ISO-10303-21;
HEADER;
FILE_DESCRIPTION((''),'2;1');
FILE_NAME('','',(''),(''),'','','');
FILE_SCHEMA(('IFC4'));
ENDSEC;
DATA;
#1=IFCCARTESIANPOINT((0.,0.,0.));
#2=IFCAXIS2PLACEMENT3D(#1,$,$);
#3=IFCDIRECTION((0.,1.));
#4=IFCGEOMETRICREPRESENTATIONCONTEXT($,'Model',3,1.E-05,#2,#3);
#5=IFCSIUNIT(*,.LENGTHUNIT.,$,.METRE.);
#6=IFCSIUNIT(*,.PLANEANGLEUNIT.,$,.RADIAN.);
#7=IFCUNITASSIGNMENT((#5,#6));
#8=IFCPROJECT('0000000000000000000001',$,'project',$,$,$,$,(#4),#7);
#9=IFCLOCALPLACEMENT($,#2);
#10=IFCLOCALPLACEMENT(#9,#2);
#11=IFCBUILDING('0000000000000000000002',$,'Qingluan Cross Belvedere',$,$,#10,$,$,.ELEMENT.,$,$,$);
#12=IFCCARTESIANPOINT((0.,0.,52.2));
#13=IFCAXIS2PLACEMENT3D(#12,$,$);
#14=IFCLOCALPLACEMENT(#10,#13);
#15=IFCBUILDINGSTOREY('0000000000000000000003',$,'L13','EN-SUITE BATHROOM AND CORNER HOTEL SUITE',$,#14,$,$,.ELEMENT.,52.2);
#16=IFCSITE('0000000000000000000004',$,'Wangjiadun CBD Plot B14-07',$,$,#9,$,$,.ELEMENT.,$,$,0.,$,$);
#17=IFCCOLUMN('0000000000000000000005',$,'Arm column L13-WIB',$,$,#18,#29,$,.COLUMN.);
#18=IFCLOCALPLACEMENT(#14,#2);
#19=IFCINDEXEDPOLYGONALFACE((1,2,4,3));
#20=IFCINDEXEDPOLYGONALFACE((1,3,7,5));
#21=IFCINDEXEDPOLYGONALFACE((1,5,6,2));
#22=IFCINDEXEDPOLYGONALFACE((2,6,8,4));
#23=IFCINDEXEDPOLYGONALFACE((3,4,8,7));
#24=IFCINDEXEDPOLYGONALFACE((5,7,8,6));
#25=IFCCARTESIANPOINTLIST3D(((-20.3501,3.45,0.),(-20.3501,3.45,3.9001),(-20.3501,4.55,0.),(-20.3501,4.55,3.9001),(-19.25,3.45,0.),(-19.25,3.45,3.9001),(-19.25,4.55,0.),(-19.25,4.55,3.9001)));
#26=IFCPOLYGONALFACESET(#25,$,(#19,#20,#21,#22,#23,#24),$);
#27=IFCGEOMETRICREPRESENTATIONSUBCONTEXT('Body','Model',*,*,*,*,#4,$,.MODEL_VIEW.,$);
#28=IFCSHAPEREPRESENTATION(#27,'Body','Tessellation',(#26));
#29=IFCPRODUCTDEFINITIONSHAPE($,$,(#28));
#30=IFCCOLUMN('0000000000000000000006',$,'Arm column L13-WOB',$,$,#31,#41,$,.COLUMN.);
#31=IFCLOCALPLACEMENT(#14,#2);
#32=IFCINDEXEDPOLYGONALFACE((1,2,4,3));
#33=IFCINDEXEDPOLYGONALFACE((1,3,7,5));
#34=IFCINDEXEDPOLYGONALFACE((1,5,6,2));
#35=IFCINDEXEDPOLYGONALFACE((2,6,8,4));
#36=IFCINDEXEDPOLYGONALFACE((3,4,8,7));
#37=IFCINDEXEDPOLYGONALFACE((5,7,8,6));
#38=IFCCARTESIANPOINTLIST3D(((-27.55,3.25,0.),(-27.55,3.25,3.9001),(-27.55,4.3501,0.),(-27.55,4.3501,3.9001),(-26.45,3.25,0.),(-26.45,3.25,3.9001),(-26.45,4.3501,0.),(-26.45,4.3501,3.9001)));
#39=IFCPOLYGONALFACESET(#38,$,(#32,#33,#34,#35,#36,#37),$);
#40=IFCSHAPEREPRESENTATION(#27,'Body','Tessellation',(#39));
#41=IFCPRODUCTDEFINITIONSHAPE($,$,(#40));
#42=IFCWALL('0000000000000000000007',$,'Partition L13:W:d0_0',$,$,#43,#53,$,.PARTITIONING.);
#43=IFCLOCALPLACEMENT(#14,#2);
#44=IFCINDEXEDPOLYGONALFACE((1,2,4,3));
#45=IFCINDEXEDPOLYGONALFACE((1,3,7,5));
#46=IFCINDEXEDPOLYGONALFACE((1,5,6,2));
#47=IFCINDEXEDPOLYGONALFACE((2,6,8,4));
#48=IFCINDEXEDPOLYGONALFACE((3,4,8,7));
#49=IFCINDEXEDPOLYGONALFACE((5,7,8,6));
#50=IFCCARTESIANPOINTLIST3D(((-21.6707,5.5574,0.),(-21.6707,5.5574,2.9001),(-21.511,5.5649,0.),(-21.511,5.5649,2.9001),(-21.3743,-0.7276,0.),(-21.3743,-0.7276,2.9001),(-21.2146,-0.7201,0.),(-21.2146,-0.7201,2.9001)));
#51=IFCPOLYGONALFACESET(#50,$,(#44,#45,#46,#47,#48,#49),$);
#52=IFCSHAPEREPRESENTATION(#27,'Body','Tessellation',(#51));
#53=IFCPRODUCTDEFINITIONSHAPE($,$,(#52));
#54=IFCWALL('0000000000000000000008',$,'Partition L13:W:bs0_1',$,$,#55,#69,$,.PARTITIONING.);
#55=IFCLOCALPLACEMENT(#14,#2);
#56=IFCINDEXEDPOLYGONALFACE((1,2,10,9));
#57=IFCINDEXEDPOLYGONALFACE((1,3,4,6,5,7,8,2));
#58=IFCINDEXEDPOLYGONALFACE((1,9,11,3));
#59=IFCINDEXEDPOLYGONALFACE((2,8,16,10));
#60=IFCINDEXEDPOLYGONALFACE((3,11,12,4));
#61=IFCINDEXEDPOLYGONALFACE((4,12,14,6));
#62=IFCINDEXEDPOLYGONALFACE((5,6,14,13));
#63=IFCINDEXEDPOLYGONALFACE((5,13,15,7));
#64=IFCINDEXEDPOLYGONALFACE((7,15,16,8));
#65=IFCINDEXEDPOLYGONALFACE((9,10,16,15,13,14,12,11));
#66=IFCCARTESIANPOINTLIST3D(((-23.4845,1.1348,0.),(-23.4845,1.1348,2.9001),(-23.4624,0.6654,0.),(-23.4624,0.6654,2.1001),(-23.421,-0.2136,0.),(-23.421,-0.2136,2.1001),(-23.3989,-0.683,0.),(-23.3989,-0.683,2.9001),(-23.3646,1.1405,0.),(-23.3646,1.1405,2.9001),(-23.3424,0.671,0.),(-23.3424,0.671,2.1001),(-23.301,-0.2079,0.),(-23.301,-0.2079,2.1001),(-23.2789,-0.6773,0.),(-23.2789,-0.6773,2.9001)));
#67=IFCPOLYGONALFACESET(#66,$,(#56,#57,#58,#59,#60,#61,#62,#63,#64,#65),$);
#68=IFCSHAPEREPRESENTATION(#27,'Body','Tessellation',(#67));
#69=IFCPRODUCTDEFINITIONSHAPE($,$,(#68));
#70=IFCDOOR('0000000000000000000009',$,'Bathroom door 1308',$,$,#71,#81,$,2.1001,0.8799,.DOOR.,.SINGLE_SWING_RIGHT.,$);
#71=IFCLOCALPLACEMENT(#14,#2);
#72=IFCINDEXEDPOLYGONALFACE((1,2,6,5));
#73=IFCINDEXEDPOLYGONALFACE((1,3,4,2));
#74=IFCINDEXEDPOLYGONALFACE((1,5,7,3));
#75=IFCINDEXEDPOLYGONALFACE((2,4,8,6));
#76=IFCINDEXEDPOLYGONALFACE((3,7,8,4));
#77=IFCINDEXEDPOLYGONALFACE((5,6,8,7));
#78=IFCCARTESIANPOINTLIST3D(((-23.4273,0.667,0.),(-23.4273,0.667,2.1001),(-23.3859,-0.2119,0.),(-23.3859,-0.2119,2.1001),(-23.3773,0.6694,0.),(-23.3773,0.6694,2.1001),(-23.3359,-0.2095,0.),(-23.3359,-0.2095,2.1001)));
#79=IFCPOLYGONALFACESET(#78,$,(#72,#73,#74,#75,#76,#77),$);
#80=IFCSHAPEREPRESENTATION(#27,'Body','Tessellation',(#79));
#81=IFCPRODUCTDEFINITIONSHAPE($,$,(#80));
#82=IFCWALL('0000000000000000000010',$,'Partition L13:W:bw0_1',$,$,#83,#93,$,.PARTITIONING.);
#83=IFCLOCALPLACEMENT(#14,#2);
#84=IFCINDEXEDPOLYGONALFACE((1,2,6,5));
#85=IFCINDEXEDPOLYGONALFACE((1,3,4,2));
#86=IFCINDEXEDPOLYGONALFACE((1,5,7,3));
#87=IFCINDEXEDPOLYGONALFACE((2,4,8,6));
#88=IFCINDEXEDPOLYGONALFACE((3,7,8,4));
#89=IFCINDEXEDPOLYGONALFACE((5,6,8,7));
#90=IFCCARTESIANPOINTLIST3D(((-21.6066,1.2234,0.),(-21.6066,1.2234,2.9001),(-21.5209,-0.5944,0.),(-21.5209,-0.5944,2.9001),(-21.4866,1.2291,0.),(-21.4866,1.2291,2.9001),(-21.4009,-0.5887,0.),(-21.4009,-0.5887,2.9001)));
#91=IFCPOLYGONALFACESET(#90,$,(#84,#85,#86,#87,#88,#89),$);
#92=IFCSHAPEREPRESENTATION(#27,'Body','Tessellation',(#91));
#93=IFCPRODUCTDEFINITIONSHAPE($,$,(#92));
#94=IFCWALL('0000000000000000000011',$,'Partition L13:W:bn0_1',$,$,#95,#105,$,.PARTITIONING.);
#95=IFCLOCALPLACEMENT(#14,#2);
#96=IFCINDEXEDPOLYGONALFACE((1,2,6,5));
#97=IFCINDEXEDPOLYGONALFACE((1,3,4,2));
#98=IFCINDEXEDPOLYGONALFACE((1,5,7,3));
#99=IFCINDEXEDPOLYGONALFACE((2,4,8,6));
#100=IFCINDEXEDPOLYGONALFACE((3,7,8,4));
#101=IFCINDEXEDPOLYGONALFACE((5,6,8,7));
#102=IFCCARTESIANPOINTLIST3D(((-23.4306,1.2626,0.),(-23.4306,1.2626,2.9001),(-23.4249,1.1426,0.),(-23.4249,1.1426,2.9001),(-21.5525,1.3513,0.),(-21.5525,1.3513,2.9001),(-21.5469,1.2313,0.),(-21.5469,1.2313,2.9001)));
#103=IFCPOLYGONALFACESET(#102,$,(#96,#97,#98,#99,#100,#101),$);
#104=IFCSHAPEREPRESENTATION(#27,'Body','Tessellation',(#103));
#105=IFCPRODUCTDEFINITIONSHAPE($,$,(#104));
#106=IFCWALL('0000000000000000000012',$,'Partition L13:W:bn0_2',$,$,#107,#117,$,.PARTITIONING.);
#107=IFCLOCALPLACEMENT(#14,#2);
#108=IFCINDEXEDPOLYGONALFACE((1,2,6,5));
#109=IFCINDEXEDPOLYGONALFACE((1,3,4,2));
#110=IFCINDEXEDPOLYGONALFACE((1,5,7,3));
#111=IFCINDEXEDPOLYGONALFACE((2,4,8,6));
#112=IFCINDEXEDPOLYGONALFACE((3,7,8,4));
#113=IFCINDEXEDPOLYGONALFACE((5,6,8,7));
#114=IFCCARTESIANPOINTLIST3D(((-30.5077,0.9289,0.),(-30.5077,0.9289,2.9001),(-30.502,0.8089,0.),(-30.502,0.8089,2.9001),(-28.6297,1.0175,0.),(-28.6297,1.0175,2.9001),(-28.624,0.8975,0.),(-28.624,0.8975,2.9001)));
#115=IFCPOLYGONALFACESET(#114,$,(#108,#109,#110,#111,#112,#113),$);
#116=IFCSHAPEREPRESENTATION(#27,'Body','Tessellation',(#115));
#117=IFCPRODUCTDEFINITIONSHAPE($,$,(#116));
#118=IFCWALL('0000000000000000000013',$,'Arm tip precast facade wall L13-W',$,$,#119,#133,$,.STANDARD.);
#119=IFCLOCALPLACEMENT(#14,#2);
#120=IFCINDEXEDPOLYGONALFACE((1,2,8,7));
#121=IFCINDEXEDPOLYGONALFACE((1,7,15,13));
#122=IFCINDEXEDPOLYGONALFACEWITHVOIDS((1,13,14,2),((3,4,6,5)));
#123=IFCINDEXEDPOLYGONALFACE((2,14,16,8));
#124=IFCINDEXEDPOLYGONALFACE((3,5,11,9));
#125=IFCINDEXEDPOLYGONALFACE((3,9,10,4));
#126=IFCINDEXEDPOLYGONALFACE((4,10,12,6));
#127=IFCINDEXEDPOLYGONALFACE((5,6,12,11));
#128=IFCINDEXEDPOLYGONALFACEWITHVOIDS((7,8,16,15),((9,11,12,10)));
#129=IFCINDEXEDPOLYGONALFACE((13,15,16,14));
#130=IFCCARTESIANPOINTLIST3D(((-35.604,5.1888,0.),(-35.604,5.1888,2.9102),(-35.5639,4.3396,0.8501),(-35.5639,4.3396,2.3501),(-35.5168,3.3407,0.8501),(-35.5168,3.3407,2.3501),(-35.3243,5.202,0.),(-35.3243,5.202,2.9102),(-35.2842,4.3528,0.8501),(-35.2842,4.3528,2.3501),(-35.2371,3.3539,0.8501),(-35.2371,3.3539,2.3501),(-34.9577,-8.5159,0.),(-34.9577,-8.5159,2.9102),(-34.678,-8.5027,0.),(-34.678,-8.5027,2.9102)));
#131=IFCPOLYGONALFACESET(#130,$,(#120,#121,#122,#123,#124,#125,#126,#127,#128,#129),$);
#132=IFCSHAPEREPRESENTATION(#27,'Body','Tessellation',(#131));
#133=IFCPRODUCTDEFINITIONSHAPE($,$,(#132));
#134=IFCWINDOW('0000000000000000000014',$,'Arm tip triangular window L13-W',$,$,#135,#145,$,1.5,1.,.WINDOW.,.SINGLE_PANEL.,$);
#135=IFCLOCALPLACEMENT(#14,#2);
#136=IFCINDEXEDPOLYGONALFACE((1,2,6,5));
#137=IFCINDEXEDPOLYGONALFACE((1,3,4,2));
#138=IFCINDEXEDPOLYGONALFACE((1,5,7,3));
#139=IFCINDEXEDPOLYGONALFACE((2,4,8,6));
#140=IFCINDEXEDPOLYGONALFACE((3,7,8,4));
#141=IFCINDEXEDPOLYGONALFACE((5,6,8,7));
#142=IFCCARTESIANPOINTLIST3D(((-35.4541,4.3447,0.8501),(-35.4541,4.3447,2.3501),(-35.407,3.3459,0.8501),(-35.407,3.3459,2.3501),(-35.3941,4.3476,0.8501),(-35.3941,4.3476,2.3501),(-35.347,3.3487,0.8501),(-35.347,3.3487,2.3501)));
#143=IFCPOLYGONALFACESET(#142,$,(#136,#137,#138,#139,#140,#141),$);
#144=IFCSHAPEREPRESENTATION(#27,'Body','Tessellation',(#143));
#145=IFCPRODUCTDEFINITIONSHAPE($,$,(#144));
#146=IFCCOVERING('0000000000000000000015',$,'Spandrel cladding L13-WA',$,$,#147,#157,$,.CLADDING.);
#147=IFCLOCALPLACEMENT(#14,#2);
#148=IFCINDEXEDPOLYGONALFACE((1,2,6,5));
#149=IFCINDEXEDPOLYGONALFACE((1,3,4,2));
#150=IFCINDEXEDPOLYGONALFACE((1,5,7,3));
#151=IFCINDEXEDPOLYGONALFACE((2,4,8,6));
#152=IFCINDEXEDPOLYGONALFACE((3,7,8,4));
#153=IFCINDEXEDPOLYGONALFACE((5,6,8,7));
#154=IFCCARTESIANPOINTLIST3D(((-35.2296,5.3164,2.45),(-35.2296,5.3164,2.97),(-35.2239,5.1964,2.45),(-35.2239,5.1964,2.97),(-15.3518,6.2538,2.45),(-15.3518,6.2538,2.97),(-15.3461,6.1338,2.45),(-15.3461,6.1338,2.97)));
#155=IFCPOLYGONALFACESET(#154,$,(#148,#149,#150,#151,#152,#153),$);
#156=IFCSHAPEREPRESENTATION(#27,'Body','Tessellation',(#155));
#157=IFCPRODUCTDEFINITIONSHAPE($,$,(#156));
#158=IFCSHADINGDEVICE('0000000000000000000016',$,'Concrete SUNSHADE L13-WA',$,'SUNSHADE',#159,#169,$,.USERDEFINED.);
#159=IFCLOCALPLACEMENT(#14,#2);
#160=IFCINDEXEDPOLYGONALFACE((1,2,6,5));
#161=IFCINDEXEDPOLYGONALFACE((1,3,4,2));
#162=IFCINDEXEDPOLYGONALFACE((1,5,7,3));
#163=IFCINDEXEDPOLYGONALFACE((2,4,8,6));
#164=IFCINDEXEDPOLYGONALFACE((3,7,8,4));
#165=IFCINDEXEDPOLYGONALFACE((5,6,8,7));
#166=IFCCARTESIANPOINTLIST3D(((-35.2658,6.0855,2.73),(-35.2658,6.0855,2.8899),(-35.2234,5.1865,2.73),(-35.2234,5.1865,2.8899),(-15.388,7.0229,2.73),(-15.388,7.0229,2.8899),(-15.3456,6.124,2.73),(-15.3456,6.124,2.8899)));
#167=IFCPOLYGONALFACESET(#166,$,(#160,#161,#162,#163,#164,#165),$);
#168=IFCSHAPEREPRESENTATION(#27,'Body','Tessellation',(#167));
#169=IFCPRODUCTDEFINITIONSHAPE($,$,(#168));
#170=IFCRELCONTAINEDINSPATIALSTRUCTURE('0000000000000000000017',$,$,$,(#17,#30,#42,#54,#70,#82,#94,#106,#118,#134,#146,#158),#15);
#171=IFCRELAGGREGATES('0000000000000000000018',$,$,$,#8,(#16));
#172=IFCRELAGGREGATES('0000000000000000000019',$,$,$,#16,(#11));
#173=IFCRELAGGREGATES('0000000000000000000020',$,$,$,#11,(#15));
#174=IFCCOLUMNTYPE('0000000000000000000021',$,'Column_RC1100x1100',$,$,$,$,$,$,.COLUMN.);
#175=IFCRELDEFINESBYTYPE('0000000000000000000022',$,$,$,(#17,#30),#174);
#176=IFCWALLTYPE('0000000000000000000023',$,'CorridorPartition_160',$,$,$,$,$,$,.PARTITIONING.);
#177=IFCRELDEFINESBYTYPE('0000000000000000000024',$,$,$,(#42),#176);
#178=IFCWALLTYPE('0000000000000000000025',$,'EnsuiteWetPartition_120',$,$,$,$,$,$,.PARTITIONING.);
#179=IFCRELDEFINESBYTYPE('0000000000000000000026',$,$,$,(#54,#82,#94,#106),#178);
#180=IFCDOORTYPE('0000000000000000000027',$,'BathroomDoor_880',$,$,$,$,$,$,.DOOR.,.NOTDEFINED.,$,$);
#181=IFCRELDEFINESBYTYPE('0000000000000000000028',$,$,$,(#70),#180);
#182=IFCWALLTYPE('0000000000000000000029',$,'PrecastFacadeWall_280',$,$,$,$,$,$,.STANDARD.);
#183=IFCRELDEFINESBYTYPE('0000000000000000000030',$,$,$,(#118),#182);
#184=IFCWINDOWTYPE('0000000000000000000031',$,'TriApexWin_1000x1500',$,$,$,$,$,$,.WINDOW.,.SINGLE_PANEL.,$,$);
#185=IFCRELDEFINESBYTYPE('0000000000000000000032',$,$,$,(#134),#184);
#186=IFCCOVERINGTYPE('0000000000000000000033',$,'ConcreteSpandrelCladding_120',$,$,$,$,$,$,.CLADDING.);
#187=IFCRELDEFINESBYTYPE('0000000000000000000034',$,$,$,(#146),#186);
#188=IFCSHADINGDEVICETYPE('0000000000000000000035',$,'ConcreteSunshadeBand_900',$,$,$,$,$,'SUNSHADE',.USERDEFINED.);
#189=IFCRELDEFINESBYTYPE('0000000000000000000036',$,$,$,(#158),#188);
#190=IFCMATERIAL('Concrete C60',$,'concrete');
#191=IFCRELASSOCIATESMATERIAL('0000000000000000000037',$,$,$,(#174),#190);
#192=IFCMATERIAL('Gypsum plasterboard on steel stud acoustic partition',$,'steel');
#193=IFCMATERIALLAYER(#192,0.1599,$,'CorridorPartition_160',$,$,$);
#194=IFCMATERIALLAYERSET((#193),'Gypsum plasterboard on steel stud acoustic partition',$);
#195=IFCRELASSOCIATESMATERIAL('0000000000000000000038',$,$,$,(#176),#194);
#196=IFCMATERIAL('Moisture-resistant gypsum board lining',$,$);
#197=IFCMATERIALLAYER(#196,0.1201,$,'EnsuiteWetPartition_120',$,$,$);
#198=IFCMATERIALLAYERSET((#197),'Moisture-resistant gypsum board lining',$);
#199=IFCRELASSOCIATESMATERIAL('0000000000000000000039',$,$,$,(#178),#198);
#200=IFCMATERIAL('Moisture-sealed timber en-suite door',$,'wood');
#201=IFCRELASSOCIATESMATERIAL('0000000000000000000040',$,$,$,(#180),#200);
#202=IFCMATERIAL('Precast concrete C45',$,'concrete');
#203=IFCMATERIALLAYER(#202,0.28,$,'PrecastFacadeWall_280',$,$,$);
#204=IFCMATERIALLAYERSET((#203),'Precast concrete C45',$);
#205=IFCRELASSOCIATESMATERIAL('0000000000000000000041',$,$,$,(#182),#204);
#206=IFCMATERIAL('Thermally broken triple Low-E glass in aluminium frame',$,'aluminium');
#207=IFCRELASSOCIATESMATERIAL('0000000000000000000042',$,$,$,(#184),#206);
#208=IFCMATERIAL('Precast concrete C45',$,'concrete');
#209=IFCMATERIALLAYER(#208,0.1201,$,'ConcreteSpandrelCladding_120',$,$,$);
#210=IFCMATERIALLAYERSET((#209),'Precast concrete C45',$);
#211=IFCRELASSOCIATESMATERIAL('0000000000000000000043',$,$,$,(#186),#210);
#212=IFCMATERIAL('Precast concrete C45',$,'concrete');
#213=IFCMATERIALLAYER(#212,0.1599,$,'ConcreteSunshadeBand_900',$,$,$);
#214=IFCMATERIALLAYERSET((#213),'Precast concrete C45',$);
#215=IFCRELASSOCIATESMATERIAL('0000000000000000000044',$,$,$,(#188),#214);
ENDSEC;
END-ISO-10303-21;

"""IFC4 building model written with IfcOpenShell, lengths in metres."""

from ifc_helpers import new_model, si_unit, direction, frame, frame_2d, origin, origin_2d, place, context, subcontext, project, spatial, rectangle, extrude, material, layer, layer_set, material_profile, profile_set, type_object, element, fill, save


model = new_model("IFC4")

# Units and contexts
model_context = context("Model", 3, precision=1e-05, world=origin(), true_north=direction((0.0, 1.0)))
body_context = subcontext(model_context, "Body", "Model", "MODEL_VIEW")
ifc_project = project(units=[si_unit("LENGTHUNIT", "METRE"), si_unit("PLANEANGLEUNIT", "RADIAN")], contexts=[model_context])

# Site, building, storey
site_placement = place(None, origin())
site = spatial("IfcSite", under=ifc_project, at=site_placement, Name="Wangjiadun CBD Plot B14-07", CompositionType="ELEMENT", RefElevation=0.0)
building_placement = place(site_placement, origin())
building = spatial("IfcBuilding", under=site, at=building_placement, Name="Qingluan Cross Belvedere", CompositionType="ELEMENT")
storey_placement = place(building_placement, frame((0.0, 0.0, 52.2)))
storey = spatial("IfcBuildingStorey", under=building, at=storey_placement, Name="L13", Description="EN-SUITE BATHROOM AND CORNER HOTEL SUITE", CompositionType="ELEMENT", Elevation=52.2)

# Columns
ifc_material_1 = material(Name="Concrete C60", Category="concrete")
ifc_material_profile = material_profile(ifc_material_1, rectangle(XDim=1.1001, YDim=1.1001, at=origin_2d()), Name="RC1100x1100")
ifc_profile_set = profile_set([ifc_material_profile], Name="Concrete C60")
column_type = type_object("IfcColumnType", Name="Column_RC1100x1100", PredefinedType="COLUMN", material=ifc_profile_set)
for number, where, z_axis, x_axis, name in (
    (1, (-19.8, 4.0, 0.0), (0.0, 0.0, 1.0), (1.0, 0.0, 0.0), "Arm column L13-WIB"),
    (2, (-27.0, 3.8, 0.0), (0.0, 0.0, 1.0), (1.0, 0.0, 0.0), "Arm column L13-WOB"),
):
    element("IfcColumn", number, at=place(storey_placement, frame(where, z_axis=z_axis, x_axis=x_axis)), inside=storey, type_object=column_type, Name=name, PredefinedType="COLUMN", context=body_context, shape_type="SweptSolid", body=[
        extrude(rectangle(XDim=1.1001, YDim=1.1001, at=origin_2d()), origin(), (0.0, 0.0, 1.0), 3.9001),
    ])

# Wall
ifc_material_2 = material(Name="Gypsum plasterboard on steel stud acoustic partition", Category="steel")
ifc_layer_1 = layer(ifc_material_2, 0.1599, Name="CorridorPartition_160")
ifc_layer_set_1 = layer_set([ifc_layer_1], Name="Gypsum plasterboard on steel stud acoustic partition")
wall_type_1 = type_object("IfcWallType", Name="CorridorPartition_160", PredefinedType="PARTITIONING", material=ifc_layer_set_1)
wall_1_placement = place(storey_placement, frame((-21.2944, -0.7239, 0.0), z_axis=(0.0, 0.0, 1.0), x_axis=(-0.047106, 0.99889, 0.0)))
element("IfcWall", 3, at=wall_1_placement, inside=storey, type_object=wall_type_1, Name="Partition L13:W:d0_0", PredefinedType="PARTITIONING", context=body_context, shape_type="SweptSolid", body=[
    extrude(rectangle(XDim=6.292, YDim=0.1599, at=frame_2d((3.146, 0.0))), origin(), (0.0, 0.0, 1.0), 2.9001),
])

# Wall, opening, door
ifc_material_3 = material(Name="Moisture-resistant gypsum board lining")
ifc_layer_2 = layer(ifc_material_3, 0.1201, Name="EnsuiteWetPartition_120")
ifc_layer_set_2 = layer_set([ifc_layer_2], Name="Moisture-resistant gypsum board lining")
wall_type_2 = type_object("IfcWallType", Name="EnsuiteWetPartition_120", PredefinedType="PARTITIONING", material=ifc_layer_set_2)
wall_2_placement = place(storey_placement, frame((-23.3389, -0.6802, 0.0), z_axis=(0.0, 0.0, 1.0), x_axis=(-0.047087, 0.998891, 0.0)))
wall_2 = element("IfcWall", 4, at=wall_2_placement, inside=storey, type_object=wall_type_2, Name="Partition L13:W:bs0_1", PredefinedType="PARTITIONING", context=body_context, shape_type="SweptSolid", body=[
    extrude(rectangle(XDim=1.8198, YDim=0.1201, at=frame_2d((0.9099, 0.0))), origin(), (0.0, 0.0, 1.0), 2.9001),
])
opening_1_placement = place(wall_2_placement, frame((0.47, 0.0, 0.0)))
opening_1 = element("IfcOpeningElement", 5, at=opening_1_placement, cuts=wall_2, PredefinedType="OPENING", context=body_context, shape_type="SweptSolid", body=[
    extrude(rectangle(XDim=0.8799, YDim=2.1001, at=frame_2d((0.4399, 1.05))), frame((0.0, 0.0701, 0.0), z_axis=(0.0, -1.0, 0.0), x_axis=(1.0, 0.0, 0.0)), (0.0, 0.0, 1.0), 0.1401),
])
ifc_material_4 = material(Name="Moisture-sealed timber en-suite door", Category="wood")
door_type = type_object("IfcDoorType", Name="BathroomDoor_880", OperationType="NOTDEFINED", PredefinedType="DOOR", material=ifc_material_4)
door_placement = place(opening_1_placement, origin())
door = element("IfcDoor", 6, at=door_placement, inside=storey, type_object=door_type, Name="Bathroom door 1308", OperationType="SINGLE_SWING_RIGHT", OverallHeight=2.1001, OverallWidth=0.8799, PredefinedType="DOOR", context=body_context, shape_type="SweptSolid", body=[
    extrude(rectangle(XDim=0.8799, YDim=2.1001, at=frame_2d((0.4399, 1.05))), frame((0.0, 0.0249, 0.0), z_axis=(0.0, -1.0, 0.0), x_axis=(1.0, 0.0, 0.0)), (0.0, 0.0, 1.0), 0.05),
])
fill(opening_1, door)

# Walls
wall_3_placement = place(storey_placement, frame((-21.4609, -0.5916, 0.0), z_axis=(0.0, 0.0, 1.0), x_axis=(-0.047087, 0.998891, 0.0)))
element("IfcWall", 7, at=wall_3_placement, inside=storey, type_object=wall_type_2, Name="Partition L13:W:bw0_1", PredefinedType="PARTITIONING", context=body_context, shape_type="SweptSolid", body=[
    extrude(rectangle(XDim=1.8198, YDim=0.1201, at=frame_2d((0.9099, 0.0))), origin(), (0.0, 0.0, 1.0), 2.9001),
])
for number, where, z_axis, x_axis, name in (
    (8, (-21.5498, 1.2913, 0.0), (0.0, 0.0, 1.0), (-0.998888, -0.047139, 0.0), "Partition L13:W:bn0_1"),
    (9, (-28.627, 0.9575, 0.0), (0.0, 0.0, 1.0), (-0.998888, -0.047139, 0.0), "Partition L13:W:bn0_2"),
):
    element("IfcWall", number, at=place(storey_placement, frame(where, z_axis=z_axis, x_axis=x_axis)), inside=storey, type_object=wall_type_2, Name=name, PredefinedType="PARTITIONING", context=body_context, shape_type="SweptSolid", body=[
        extrude(rectangle(XDim=1.8801, YDim=0.1201, at=frame_2d((0.9399, 0.0))), origin(), (0.0, 0.0, 1.0), 2.9001),
    ])

# Wall, opening, window
ifc_material_5 = material(Name="Precast concrete C45", Category="concrete")
ifc_layer_3 = layer(ifc_material_5, 0.28, Name="PrecastFacadeWall_280")
ifc_layer_set_3 = layer_set([ifc_layer_3], Name="Precast concrete C45")
wall_type_3 = type_object("IfcWallType", Name="PrecastFacadeWall_280", PredefinedType="STANDARD", material=ifc_layer_set_3)
wall_4_placement = place(storey_placement, frame((-35.4641, 5.1953, 0.0), z_axis=(0.0, 0.0, 1.0), x_axis=(0.047102, -0.99889, 0.0)))
wall_4 = element("IfcWall", 10, at=wall_4_placement, inside=storey, type_object=wall_type_3, Name="Arm tip precast facade wall L13-W", PredefinedType="STANDARD", context=body_context, shape_type="SweptSolid", body=[
    extrude(rectangle(XDim=13.72, YDim=0.28, at=frame_2d((6.8599, 0.0))), origin(), (0.0, 0.0, 1.0), 2.9102),
])
opening_2_placement = place(wall_4_placement, frame((0.8501, 0.0, 0.8501)))
opening_2 = element("IfcOpeningElement", 11, at=opening_2_placement, cuts=wall_4, PredefinedType="OPENING", context=body_context, shape_type="SweptSolid", body=[
    extrude(rectangle(XDim=1.0, YDim=1.5, at=frame_2d((0.5, 0.75))), frame((0.0, 0.1499, 0.0), z_axis=(0.0, -1.0, 0.0), x_axis=(1.0, 0.0, 0.0)), (0.0, 0.0, 1.0), 0.3),
])
ifc_material_6 = material(Name="Thermally broken triple Low-E glass in aluminium frame", Category="aluminium")
window_type = type_object("IfcWindowType", Name="TriApexWin_1000x1500", PartitioningType="SINGLE_PANEL", PredefinedType="WINDOW", material=ifc_material_6)
window_placement = place(opening_2_placement, origin())
window = element("IfcWindow", 12, at=window_placement, inside=storey, type_object=window_type, Name="Arm tip triangular window L13-W", OverallHeight=1.5, OverallWidth=1.0, PartitioningType="SINGLE_PANEL", PredefinedType="WINDOW", context=body_context, shape_type="SweptSolid", body=[
    extrude(rectangle(XDim=1.0, YDim=1.5, at=frame_2d((0.5, 0.75))), frame((0.0, 0.03, 0.0), z_axis=(0.0, -1.0, 0.0), x_axis=(1.0, 0.0, 0.0)), (0.0, 0.0, 1.0), 0.0601),
])
fill(opening_2, window)

# Covering
ifc_material_7 = material(Name="Precast concrete C45", Category="concrete")
ifc_layer_4 = layer(ifc_material_7, 0.1201, Name="ConcreteSpandrelCladding_120")
ifc_layer_set_4 = layer_set([ifc_layer_4], Name="Precast concrete C45")
covering_type = type_object("IfcCoveringType", Name="ConcreteSpandrelCladding_120", PredefinedType="CLADDING", material=ifc_layer_set_4)
covering_placement = place(storey_placement, frame((-25.2878, 5.7251, 2.45), z_axis=(0.0, 0.0, 1.0), x_axis=(-0.99889, -0.047109, 0.0)))
element("IfcCovering", 13, at=covering_placement, inside=storey, type_object=covering_type, Name="Spandrel cladding L13-WA", PredefinedType="CLADDING", context=body_context, shape_type="SweptSolid", body=[
    extrude(rectangle(XDim=19.8999, YDim=0.1201, at=origin_2d()), origin(), (0.0, 0.0, 1.0), 0.52),
])

# Shading device
ifc_material_8 = material(Name="Precast concrete C45", Category="concrete")
ifc_layer_5 = layer(ifc_material_8, 0.1599, Name="ConcreteSunshadeBand_900")
ifc_layer_set_5 = layer_set([ifc_layer_5], Name="Precast concrete C45")
shading_device_type = type_object("IfcShadingDeviceType", Name="ConcreteSunshadeBand_900", ElementType="SUNSHADE", PredefinedType="USERDEFINED", material=ifc_layer_set_5)
shading_device_placement = place(storey_placement, frame((-25.3057, 6.1047, 2.73), z_axis=(0.0, 0.0, 1.0), x_axis=(-0.99889, -0.047109, 0.0)))
element("IfcShadingDevice", 14, at=shading_device_placement, inside=storey, type_object=shading_device_type, Name="Concrete SUNSHADE L13-WA", ObjectType="SUNSHADE", PredefinedType="USERDEFINED", context=body_context, shape_type="SweptSolid", body=[
    extrude(rectangle(XDim=19.8999, YDim=0.8999, at=origin_2d()), origin(), (0.0, 0.0, 1.0), 0.1599),
])

save(model, "model.ifc")
